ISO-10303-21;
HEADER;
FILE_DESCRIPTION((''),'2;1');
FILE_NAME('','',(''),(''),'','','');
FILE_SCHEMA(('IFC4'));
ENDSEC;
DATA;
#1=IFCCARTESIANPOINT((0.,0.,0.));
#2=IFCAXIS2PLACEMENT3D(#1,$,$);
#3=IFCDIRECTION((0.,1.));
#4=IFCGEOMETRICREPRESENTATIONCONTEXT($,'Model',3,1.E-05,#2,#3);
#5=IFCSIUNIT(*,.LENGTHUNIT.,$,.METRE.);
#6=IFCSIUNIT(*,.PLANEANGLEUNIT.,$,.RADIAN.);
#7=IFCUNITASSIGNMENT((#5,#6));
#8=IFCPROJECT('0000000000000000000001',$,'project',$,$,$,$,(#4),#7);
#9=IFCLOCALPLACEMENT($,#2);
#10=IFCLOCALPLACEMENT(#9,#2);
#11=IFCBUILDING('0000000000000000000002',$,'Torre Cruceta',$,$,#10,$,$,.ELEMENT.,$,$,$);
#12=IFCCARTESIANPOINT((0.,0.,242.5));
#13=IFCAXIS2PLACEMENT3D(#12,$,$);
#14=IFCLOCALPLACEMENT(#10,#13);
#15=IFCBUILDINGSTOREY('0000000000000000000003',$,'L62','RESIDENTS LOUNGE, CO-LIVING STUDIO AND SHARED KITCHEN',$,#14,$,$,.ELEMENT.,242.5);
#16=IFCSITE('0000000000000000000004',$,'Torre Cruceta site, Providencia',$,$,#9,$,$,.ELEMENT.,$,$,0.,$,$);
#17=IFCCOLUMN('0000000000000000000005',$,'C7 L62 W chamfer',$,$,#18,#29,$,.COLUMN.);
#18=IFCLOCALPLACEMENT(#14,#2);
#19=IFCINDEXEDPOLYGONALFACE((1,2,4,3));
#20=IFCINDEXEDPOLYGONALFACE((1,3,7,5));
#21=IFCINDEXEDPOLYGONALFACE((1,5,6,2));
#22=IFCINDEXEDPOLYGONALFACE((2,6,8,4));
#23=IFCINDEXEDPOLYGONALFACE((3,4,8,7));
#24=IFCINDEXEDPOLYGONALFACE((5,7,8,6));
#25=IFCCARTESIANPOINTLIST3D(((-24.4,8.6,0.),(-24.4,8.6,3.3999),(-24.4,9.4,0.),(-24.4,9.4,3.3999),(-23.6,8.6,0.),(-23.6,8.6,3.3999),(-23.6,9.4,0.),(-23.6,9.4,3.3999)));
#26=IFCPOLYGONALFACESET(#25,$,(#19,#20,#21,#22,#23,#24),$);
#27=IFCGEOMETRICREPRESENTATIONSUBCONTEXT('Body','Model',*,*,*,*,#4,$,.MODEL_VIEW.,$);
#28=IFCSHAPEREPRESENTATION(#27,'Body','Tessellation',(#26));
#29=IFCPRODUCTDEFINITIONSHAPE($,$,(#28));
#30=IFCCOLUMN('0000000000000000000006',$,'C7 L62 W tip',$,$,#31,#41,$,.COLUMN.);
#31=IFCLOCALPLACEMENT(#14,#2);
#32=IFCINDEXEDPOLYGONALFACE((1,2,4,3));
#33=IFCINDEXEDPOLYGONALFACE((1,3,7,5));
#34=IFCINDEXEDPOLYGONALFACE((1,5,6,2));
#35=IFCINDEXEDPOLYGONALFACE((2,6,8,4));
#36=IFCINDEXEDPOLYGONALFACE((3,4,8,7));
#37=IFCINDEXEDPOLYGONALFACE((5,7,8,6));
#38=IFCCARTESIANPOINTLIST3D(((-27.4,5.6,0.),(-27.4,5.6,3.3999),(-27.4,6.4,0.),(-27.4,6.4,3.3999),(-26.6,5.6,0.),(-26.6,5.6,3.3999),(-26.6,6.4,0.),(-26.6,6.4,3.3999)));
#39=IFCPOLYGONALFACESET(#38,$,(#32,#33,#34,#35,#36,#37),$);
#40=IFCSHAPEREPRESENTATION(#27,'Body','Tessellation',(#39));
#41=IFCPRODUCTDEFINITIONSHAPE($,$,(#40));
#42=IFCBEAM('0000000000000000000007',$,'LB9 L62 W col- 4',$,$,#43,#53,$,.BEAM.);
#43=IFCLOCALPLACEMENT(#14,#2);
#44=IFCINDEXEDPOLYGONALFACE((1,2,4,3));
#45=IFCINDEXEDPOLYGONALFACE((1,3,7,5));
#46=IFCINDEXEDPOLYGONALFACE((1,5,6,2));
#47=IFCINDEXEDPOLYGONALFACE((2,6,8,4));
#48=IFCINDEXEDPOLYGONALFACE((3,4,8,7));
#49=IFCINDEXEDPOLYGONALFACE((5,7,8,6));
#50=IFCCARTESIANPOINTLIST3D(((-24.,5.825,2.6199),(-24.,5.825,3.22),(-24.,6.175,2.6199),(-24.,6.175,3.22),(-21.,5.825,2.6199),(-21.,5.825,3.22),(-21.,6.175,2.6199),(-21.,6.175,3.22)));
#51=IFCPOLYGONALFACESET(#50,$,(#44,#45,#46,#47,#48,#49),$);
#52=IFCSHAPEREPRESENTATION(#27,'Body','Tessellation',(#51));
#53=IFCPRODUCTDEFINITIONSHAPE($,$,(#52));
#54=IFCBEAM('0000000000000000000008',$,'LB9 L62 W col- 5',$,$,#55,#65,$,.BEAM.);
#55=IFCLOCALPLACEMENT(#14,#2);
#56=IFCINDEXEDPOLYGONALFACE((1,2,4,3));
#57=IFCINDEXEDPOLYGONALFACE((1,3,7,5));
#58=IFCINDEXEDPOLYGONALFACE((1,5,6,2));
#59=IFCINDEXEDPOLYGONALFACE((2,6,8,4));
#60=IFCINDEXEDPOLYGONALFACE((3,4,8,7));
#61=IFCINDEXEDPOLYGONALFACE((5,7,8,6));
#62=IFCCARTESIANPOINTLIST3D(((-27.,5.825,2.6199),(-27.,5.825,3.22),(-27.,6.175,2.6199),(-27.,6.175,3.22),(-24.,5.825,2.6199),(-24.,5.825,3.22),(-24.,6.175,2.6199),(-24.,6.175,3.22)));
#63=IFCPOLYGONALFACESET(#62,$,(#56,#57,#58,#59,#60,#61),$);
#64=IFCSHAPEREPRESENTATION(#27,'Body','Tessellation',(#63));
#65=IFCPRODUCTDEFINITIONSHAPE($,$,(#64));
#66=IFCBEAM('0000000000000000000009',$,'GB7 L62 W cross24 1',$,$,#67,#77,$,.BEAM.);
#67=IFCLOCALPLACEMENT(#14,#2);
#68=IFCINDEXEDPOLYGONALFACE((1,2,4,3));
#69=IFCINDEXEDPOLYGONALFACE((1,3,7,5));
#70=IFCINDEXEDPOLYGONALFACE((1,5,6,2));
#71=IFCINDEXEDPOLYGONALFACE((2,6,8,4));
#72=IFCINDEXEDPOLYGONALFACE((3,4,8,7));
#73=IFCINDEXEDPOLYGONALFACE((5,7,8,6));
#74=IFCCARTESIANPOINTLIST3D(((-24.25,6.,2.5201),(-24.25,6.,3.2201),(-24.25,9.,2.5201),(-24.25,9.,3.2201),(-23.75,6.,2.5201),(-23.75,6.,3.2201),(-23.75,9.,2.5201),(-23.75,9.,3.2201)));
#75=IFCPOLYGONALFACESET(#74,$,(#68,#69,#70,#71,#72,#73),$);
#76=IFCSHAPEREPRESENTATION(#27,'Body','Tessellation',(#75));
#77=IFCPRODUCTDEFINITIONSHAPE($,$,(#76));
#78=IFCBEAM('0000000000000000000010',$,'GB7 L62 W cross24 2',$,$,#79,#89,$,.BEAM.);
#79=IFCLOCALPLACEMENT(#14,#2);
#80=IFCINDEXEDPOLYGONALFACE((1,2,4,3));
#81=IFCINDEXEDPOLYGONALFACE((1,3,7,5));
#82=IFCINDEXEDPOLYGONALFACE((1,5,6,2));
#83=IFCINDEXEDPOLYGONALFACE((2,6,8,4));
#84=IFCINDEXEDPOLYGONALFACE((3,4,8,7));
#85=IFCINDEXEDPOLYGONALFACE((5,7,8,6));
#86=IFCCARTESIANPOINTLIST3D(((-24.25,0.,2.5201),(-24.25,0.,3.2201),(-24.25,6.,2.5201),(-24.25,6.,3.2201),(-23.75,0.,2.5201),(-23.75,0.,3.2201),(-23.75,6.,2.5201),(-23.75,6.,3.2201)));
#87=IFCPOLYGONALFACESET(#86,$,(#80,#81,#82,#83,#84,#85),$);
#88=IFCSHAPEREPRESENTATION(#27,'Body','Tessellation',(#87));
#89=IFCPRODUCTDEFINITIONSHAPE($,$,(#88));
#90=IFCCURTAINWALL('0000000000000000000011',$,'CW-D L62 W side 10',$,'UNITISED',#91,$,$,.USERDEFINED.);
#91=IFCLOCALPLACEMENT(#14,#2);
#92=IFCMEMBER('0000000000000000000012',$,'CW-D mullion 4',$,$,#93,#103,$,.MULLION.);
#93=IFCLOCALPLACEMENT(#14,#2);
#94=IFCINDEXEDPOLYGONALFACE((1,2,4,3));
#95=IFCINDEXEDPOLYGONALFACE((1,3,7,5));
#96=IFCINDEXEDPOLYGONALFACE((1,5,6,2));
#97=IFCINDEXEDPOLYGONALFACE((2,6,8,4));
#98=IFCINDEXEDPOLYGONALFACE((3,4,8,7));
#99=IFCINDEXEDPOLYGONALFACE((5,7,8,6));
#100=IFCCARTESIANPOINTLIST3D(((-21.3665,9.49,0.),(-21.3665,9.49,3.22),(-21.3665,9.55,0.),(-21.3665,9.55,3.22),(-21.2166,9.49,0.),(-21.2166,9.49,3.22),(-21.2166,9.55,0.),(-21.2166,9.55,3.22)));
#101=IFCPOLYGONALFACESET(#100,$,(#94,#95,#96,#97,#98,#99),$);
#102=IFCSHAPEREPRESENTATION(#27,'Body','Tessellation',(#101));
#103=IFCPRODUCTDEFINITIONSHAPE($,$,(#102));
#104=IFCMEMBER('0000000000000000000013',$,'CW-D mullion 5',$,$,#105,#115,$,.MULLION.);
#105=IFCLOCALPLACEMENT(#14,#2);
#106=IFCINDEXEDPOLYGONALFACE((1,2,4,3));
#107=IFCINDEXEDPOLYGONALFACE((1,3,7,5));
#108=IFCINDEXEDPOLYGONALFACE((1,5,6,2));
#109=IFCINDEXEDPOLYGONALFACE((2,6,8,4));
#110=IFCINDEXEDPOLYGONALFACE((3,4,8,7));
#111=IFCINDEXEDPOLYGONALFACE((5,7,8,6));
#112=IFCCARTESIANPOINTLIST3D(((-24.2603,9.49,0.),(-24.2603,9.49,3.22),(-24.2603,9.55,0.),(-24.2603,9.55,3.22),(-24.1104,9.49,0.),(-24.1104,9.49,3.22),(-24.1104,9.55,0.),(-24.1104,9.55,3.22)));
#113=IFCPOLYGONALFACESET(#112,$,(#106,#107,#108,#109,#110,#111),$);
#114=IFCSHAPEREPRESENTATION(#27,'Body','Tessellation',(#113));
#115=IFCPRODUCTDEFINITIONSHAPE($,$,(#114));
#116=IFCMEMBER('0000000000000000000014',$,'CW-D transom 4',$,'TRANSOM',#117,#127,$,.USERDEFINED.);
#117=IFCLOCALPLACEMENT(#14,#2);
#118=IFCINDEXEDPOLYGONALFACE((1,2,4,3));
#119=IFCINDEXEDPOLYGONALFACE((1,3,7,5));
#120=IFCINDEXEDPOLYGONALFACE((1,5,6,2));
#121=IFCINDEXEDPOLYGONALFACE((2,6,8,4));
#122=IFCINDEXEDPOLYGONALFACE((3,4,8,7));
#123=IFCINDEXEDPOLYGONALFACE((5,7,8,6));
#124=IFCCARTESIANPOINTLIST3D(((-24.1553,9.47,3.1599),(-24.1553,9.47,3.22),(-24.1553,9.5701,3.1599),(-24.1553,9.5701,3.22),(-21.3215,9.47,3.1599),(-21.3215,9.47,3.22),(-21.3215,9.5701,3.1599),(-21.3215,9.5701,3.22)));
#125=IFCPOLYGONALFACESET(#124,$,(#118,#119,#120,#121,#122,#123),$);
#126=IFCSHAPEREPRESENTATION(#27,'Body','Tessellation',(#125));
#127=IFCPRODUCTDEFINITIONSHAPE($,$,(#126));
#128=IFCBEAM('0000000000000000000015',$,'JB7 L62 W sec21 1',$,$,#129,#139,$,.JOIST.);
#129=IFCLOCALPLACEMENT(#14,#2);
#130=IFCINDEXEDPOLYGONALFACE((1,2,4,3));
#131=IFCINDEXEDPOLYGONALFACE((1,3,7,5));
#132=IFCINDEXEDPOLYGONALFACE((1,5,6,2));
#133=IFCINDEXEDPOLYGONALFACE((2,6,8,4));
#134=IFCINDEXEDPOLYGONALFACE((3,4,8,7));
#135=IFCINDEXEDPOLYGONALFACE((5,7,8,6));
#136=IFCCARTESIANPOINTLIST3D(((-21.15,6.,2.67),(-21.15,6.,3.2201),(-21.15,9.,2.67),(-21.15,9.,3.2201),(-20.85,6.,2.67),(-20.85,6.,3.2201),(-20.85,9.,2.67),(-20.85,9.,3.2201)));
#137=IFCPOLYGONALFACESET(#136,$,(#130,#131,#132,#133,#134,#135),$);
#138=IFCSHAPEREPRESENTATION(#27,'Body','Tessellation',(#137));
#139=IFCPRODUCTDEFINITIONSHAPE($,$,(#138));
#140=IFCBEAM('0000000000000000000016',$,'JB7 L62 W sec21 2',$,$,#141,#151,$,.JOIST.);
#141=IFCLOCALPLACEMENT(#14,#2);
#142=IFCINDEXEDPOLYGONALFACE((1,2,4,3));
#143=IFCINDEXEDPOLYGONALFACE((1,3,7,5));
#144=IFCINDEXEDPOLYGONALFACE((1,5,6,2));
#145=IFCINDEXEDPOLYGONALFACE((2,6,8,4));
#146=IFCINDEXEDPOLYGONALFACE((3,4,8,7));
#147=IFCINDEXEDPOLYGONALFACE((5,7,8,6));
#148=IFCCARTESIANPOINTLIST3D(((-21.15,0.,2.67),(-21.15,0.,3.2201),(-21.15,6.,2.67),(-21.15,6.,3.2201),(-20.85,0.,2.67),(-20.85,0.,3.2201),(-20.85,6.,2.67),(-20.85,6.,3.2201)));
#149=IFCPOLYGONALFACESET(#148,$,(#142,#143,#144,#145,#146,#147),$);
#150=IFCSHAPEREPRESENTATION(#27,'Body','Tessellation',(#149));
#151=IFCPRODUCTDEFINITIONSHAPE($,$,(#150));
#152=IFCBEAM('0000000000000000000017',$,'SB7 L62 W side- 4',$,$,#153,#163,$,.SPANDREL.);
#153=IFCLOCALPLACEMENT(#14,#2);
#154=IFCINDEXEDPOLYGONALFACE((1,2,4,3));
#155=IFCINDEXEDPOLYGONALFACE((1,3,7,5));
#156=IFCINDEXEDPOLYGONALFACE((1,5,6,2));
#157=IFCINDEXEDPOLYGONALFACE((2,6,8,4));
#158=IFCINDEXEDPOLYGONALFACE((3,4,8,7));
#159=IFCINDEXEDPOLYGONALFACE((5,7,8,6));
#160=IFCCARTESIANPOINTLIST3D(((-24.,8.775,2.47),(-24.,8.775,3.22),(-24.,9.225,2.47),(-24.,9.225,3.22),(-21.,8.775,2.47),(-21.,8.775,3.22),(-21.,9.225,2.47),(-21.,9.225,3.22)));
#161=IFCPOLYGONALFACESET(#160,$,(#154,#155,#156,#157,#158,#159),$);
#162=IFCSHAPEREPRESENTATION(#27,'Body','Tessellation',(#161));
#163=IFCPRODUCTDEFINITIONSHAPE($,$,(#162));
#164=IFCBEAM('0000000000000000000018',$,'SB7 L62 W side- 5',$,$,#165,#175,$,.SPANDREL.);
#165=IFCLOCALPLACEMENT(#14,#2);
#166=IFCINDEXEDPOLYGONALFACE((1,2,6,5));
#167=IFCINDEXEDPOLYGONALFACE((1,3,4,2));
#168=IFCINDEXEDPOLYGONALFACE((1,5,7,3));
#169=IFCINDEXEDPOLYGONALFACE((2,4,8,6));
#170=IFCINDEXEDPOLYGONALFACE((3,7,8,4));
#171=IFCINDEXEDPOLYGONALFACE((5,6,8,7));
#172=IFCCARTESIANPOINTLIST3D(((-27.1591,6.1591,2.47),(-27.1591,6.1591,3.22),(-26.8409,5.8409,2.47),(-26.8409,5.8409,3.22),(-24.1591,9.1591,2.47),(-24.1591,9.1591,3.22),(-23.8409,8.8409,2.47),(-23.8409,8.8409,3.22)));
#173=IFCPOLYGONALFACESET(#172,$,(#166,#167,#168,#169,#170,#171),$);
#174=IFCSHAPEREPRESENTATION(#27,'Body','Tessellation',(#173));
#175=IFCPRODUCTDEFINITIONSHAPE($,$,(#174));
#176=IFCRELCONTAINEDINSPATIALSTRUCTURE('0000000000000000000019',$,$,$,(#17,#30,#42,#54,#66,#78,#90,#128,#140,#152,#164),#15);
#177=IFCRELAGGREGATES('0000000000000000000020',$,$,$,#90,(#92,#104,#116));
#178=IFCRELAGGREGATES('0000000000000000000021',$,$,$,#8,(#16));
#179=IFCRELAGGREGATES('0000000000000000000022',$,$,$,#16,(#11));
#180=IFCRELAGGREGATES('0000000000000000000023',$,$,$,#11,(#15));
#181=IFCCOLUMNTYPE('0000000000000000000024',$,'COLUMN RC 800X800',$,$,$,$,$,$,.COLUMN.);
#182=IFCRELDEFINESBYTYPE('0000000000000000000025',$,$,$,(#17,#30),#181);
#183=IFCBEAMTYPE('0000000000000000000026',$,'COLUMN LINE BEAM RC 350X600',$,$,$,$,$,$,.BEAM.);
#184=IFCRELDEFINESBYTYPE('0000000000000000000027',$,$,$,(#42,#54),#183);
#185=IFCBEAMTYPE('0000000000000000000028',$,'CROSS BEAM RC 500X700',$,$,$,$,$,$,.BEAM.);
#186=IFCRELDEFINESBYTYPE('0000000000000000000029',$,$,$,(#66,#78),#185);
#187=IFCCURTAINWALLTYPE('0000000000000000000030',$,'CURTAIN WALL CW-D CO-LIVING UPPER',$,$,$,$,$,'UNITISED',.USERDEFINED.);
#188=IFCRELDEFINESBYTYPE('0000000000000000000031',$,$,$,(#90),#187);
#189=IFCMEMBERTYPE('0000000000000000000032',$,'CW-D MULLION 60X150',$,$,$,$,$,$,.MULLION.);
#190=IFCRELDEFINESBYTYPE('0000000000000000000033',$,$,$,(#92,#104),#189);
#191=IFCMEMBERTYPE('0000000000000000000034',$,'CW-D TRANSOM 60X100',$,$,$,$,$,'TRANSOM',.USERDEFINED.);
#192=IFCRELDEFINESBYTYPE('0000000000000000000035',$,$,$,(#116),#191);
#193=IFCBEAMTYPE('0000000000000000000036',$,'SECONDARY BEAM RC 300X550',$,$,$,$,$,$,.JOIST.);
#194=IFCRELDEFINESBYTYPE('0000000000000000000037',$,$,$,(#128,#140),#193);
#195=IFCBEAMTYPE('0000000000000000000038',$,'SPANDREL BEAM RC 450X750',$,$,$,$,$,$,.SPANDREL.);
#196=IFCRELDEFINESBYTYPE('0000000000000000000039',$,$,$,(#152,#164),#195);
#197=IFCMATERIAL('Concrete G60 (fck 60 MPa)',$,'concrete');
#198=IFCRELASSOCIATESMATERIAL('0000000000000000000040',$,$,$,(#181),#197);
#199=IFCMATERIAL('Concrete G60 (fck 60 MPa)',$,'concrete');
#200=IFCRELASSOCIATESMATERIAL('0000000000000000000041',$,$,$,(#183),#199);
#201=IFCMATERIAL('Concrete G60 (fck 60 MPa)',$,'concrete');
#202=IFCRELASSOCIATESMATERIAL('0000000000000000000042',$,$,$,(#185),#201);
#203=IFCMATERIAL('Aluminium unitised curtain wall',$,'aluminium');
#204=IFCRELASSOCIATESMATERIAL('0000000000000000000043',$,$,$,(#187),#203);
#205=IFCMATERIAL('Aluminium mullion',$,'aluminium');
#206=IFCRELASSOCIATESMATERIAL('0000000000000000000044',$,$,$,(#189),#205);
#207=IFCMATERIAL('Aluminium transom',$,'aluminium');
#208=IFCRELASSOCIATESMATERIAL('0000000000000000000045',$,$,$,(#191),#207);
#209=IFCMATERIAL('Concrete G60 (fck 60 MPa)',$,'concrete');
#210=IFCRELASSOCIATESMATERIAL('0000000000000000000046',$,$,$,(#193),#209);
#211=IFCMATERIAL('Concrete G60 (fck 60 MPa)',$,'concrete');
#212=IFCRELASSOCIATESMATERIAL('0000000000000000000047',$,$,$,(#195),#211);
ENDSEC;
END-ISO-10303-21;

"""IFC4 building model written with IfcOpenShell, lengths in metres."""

from ifc_helpers import new_model, si_unit, direction, frame, origin, origin_2d, place, context, subcontext, project, spatial, rectangle, extrude, material, material_profile, profile_set, type_object, element, aggregate, save


model = new_model("IFC4")

# Units and contexts
model_context = context("Model", 3, precision=1e-05, world=origin(), true_north=direction((0.0, 1.0)))
body_context = subcontext(model_context, "Body", "Model", "MODEL_VIEW")
ifc_project = project(units=[si_unit("LENGTHUNIT", "METRE"), si_unit("PLANEANGLEUNIT", "RADIAN")], contexts=[model_context])

# Site, building, storey
site_placement = place(None, origin())
site = spatial("IfcSite", under=ifc_project, at=site_placement, Name="Torre Cruceta site, Providencia", CompositionType="ELEMENT", RefElevation=0.0)
building_placement = place(site_placement, origin())
building = spatial("IfcBuilding", under=site, at=building_placement, Name="Torre Cruceta", CompositionType="ELEMENT")
storey_placement = place(building_placement, frame((0.0, 0.0, 242.5)))
storey = spatial("IfcBuildingStorey", under=building, at=storey_placement, Name="L62", Description="RESIDENTS LOUNGE, CO-LIVING STUDIO AND SHARED KITCHEN", CompositionType="ELEMENT", Elevation=242.5)

# Columns
ifc_material_1 = material(Name="Concrete G60 (fck 60 MPa)", Category="concrete")
ifc_material_profile_1 = material_profile(ifc_material_1, rectangle(XDim=0.8, YDim=0.8, at=origin_2d()), Name="RC 800X800")
ifc_profile_set_1 = profile_set([ifc_material_profile_1], Name="Concrete G60 (fck 60 MPa)")
column_type = type_object("IfcColumnType", Name="COLUMN RC 800X800", PredefinedType="COLUMN", material=ifc_profile_set_1)
for number, where, z_axis, x_axis, name in (
    (1, (-24.0, 9.0, 0.0), (0.0, 0.0, 1.0), (1.0, 0.0, 0.0), "C7 L62 W chamfer"),
    (2, (-27.0, 6.0, 0.0), (0.0, 0.0, 1.0), (1.0, 0.0, 0.0), "C7 L62 W tip"),
):
    element("IfcColumn", number, at=place(storey_placement, frame(where, z_axis=z_axis, x_axis=x_axis)), inside=storey, type_object=column_type, Name=name, PredefinedType="COLUMN", context=body_context, shape_type="SweptSolid", body=[
        extrude(rectangle(XDim=0.8, YDim=0.8, at=origin_2d()), origin(), (0.0, 0.0, 1.0), 3.3999),
    ])

# Beams
ifc_material_2 = material(Name="Concrete G60 (fck 60 MPa)", Category="concrete")
ifc_material_profile_2 = material_profile(ifc_material_2, rectangle(XDim=0.3501, YDim=0.6001, at=origin_2d()), Name="RC 350X600")
ifc_profile_set_2 = profile_set([ifc_material_profile_2], Name="Concrete G60 (fck 60 MPa)")
beam_type_1 = type_object("IfcBeamType", Name="COLUMN LINE BEAM RC 350X600", PredefinedType="BEAM", material=ifc_profile_set_2)
for number, where, z_axis, x_axis, name in (
    (3, (-21.0, 6.0, 2.9199), (-1.0, 0.0, 0.0), (0.0, -1.0, 0.0), "LB9 L62 W col- 4"),
    (4, (-24.0, 6.0, 2.9199), (-1.0, 0.0, 0.0), (0.0, -1.0, 0.0), "LB9 L62 W col- 5"),
):
    element("IfcBeam", number, at=place(storey_placement, frame(where, z_axis=z_axis, x_axis=x_axis)), inside=storey, type_object=beam_type_1, Name=name, PredefinedType="BEAM", context=body_context, shape_type="SweptSolid", body=[
        extrude(rectangle(XDim=0.3501, YDim=0.6001, at=origin_2d()), origin(), (0.0, 0.0, 1.0), 3.0),
    ])
ifc_material_3 = material(Name="Concrete G60 (fck 60 MPa)", Category="concrete")
ifc_material_profile_3 = material_profile(ifc_material_3, rectangle(XDim=0.5, YDim=0.7, at=origin_2d()), Name="RC 500X700")
ifc_profile_set_3 = profile_set([ifc_material_profile_3], Name="Concrete G60 (fck 60 MPa)")
beam_type_2 = type_object("IfcBeamType", Name="CROSS BEAM RC 500X700", PredefinedType="BEAM", material=ifc_profile_set_3)
beam_1_placement = place(storey_placement, frame((-24.0, 9.0, 2.8701), z_axis=(0.0, -1.0, 0.0), x_axis=(1.0, 0.0, 0.0)))
element("IfcBeam", 5, at=beam_1_placement, inside=storey, type_object=beam_type_2, Name="GB7 L62 W cross24 1", PredefinedType="BEAM", context=body_context, shape_type="SweptSolid", body=[
    extrude(rectangle(XDim=0.5, YDim=0.7, at=origin_2d()), origin(), (0.0, 0.0, 1.0), 3.0),
])
beam_2_placement = place(storey_placement, frame((-24.0, 6.0, 2.8701), z_axis=(0.0, -1.0, 0.0), x_axis=(1.0, 0.0, 0.0)))
element("IfcBeam", 6, at=beam_2_placement, inside=storey, type_object=beam_type_2, Name="GB7 L62 W cross24 2", PredefinedType="BEAM", context=body_context, shape_type="SweptSolid", body=[
    extrude(rectangle(XDim=0.5, YDim=0.7, at=origin_2d()), origin(), (0.0, 0.0, 1.0), 6.0),
])

# Curtain wall, members
ifc_material_4 = material(Name="Aluminium unitised curtain wall", Category="aluminium")
curtain_wall_type = type_object("IfcCurtainWallType", Name="CURTAIN WALL CW-D CO-LIVING UPPER", ElementType="UNITISED", PredefinedType="USERDEFINED", material=ifc_material_4)
curtain_wall_placement = place(storey_placement, origin())
curtain_wall = element("IfcCurtainWall", 7, at=curtain_wall_placement, inside=storey, type_object=curtain_wall_type, Name="CW-D L62 W side 10", ObjectType="UNITISED", PredefinedType="USERDEFINED")
ifc_material_5 = material(Name="Aluminium mullion", Category="aluminium")
ifc_material_profile_4 = material_profile(ifc_material_5, rectangle(XDim=0.0601, YDim=0.1499, at=origin_2d()), Name="AL 60X150")
ifc_profile_set_4 = profile_set([ifc_material_profile_4], Name="Aluminium mullion")
member_type_1 = type_object("IfcMemberType", Name="CW-D MULLION 60X150", PredefinedType="MULLION", material=ifc_profile_set_4)
member_1_placement = place(storey_placement, frame((-21.2915, 9.52, 0.0), z_axis=(0.0, 0.0, 1.0), x_axis=(0.0, -1.0, 0.0)))
member_1 = element("IfcMember", 8, at=member_1_placement, type_object=member_type_1, Name="CW-D mullion 4", PredefinedType="MULLION", context=body_context, shape_type="SweptSolid", body=[
    extrude(rectangle(XDim=0.0601, YDim=0.1499, at=origin_2d()), origin(), (0.0, 0.0, 1.0), 3.22),
])
member_2_placement = place(storey_placement, frame((-24.1853, 9.52, 0.0), z_axis=(0.0, 0.0, 1.0), x_axis=(0.0, -1.0, 0.0)))
member_2 = element("IfcMember", 9, at=member_2_placement, type_object=member_type_1, Name="CW-D mullion 5", PredefinedType="MULLION", context=body_context, shape_type="SweptSolid", body=[
    extrude(rectangle(XDim=0.0601, YDim=0.1499, at=origin_2d()), origin(), (0.0, 0.0, 1.0), 3.22),
])
ifc_material_6 = material(Name="Aluminium transom", Category="aluminium")
ifc_material_profile_5 = material_profile(ifc_material_6, rectangle(XDim=0.1001, YDim=0.0601, at=origin_2d()), Name="AL 100X60")
ifc_profile_set_5 = profile_set([ifc_material_profile_5], Name="Aluminium transom")
member_type_2 = type_object("IfcMemberType", Name="CW-D TRANSOM 60X100", ElementType="TRANSOM", PredefinedType="USERDEFINED", material=ifc_profile_set_5)
member_3_placement = place(storey_placement, frame((-21.3215, 9.52, 3.1899), z_axis=(-1.0, 0.0, 0.0), x_axis=(0.0, -1.0, 0.0)))
member_3 = element("IfcMember", 10, at=member_3_placement, type_object=member_type_2, Name="CW-D transom 4", ObjectType="TRANSOM", PredefinedType="USERDEFINED", context=body_context, shape_type="SweptSolid", body=[
    extrude(rectangle(XDim=0.1001, YDim=0.0601, at=origin_2d()), origin(), (0.0, 0.0, 1.0), 2.8337),
])

# Beams
ifc_material_7 = material(Name="Concrete G60 (fck 60 MPa)", Category="concrete")
ifc_material_profile_6 = material_profile(ifc_material_7, rectangle(XDim=0.3, YDim=0.55, at=origin_2d()), Name="RC 300X550")
ifc_profile_set_6 = profile_set([ifc_material_profile_6], Name="Concrete G60 (fck 60 MPa)")
beam_type_3 = type_object("IfcBeamType", Name="SECONDARY BEAM RC 300X550", PredefinedType="JOIST", material=ifc_profile_set_6)
beam_3_placement = place(storey_placement, frame((-21.0, 9.0, 2.9451), z_axis=(0.0, -1.0, 0.0), x_axis=(1.0, 0.0, 0.0)))
element("IfcBeam", 11, at=beam_3_placement, inside=storey, type_object=beam_type_3, Name="JB7 L62 W sec21 1", PredefinedType="JOIST", context=body_context, shape_type="SweptSolid", body=[
    extrude(rectangle(XDim=0.3, YDim=0.55, at=origin_2d()), origin(), (0.0, 0.0, 1.0), 3.0),
])
beam_4_placement = place(storey_placement, frame((-21.0, 6.0, 2.9451), z_axis=(0.0, -1.0, 0.0), x_axis=(1.0, 0.0, 0.0)))
element("IfcBeam", 12, at=beam_4_placement, inside=storey, type_object=beam_type_3, Name="JB7 L62 W sec21 2", PredefinedType="JOIST", context=body_context, shape_type="SweptSolid", body=[
    extrude(rectangle(XDim=0.3, YDim=0.55, at=origin_2d()), origin(), (0.0, 0.0, 1.0), 6.0),
])
ifc_material_8 = material(Name="Concrete G60 (fck 60 MPa)", Category="concrete")
ifc_material_profile_7 = material_profile(ifc_material_8, rectangle(XDim=0.45, YDim=0.75, at=origin_2d()), Name="RC 450X750")
ifc_profile_set_7 = profile_set([ifc_material_profile_7], Name="Concrete G60 (fck 60 MPa)")
beam_type_4 = type_object("IfcBeamType", Name="SPANDREL BEAM RC 450X750", PredefinedType="SPANDREL", material=ifc_profile_set_7)
beam_5_placement = place(storey_placement, frame((-21.0, 9.0, 2.845), z_axis=(-1.0, 0.0, 0.0), x_axis=(0.0, -1.0, 0.0)))
element("IfcBeam", 13, at=beam_5_placement, inside=storey, type_object=beam_type_4, Name="SB7 L62 W side- 4", PredefinedType="SPANDREL", context=body_context, shape_type="SweptSolid", body=[
    extrude(rectangle(XDim=0.45, YDim=0.75, at=origin_2d()), origin(), (0.0, 0.0, 1.0), 3.0),
])
beam_6_placement = place(storey_placement, frame((-24.0, 9.0, 2.845), z_axis=(-0.707107, -0.707107, 0.0), x_axis=(0.707107, -0.707107, 0.0)))
element("IfcBeam", 14, at=beam_6_placement, inside=storey, type_object=beam_type_4, Name="SB7 L62 W side- 5", PredefinedType="SPANDREL", context=body_context, shape_type="SweptSolid", body=[
    extrude(rectangle(XDim=0.45, YDim=0.75, at=origin_2d()), origin(), (0.0, 0.0, 1.0), 4.2427),
])

aggregate(curtain_wall, [member_1, member_2, member_3])

save(model, "model.ifc")
